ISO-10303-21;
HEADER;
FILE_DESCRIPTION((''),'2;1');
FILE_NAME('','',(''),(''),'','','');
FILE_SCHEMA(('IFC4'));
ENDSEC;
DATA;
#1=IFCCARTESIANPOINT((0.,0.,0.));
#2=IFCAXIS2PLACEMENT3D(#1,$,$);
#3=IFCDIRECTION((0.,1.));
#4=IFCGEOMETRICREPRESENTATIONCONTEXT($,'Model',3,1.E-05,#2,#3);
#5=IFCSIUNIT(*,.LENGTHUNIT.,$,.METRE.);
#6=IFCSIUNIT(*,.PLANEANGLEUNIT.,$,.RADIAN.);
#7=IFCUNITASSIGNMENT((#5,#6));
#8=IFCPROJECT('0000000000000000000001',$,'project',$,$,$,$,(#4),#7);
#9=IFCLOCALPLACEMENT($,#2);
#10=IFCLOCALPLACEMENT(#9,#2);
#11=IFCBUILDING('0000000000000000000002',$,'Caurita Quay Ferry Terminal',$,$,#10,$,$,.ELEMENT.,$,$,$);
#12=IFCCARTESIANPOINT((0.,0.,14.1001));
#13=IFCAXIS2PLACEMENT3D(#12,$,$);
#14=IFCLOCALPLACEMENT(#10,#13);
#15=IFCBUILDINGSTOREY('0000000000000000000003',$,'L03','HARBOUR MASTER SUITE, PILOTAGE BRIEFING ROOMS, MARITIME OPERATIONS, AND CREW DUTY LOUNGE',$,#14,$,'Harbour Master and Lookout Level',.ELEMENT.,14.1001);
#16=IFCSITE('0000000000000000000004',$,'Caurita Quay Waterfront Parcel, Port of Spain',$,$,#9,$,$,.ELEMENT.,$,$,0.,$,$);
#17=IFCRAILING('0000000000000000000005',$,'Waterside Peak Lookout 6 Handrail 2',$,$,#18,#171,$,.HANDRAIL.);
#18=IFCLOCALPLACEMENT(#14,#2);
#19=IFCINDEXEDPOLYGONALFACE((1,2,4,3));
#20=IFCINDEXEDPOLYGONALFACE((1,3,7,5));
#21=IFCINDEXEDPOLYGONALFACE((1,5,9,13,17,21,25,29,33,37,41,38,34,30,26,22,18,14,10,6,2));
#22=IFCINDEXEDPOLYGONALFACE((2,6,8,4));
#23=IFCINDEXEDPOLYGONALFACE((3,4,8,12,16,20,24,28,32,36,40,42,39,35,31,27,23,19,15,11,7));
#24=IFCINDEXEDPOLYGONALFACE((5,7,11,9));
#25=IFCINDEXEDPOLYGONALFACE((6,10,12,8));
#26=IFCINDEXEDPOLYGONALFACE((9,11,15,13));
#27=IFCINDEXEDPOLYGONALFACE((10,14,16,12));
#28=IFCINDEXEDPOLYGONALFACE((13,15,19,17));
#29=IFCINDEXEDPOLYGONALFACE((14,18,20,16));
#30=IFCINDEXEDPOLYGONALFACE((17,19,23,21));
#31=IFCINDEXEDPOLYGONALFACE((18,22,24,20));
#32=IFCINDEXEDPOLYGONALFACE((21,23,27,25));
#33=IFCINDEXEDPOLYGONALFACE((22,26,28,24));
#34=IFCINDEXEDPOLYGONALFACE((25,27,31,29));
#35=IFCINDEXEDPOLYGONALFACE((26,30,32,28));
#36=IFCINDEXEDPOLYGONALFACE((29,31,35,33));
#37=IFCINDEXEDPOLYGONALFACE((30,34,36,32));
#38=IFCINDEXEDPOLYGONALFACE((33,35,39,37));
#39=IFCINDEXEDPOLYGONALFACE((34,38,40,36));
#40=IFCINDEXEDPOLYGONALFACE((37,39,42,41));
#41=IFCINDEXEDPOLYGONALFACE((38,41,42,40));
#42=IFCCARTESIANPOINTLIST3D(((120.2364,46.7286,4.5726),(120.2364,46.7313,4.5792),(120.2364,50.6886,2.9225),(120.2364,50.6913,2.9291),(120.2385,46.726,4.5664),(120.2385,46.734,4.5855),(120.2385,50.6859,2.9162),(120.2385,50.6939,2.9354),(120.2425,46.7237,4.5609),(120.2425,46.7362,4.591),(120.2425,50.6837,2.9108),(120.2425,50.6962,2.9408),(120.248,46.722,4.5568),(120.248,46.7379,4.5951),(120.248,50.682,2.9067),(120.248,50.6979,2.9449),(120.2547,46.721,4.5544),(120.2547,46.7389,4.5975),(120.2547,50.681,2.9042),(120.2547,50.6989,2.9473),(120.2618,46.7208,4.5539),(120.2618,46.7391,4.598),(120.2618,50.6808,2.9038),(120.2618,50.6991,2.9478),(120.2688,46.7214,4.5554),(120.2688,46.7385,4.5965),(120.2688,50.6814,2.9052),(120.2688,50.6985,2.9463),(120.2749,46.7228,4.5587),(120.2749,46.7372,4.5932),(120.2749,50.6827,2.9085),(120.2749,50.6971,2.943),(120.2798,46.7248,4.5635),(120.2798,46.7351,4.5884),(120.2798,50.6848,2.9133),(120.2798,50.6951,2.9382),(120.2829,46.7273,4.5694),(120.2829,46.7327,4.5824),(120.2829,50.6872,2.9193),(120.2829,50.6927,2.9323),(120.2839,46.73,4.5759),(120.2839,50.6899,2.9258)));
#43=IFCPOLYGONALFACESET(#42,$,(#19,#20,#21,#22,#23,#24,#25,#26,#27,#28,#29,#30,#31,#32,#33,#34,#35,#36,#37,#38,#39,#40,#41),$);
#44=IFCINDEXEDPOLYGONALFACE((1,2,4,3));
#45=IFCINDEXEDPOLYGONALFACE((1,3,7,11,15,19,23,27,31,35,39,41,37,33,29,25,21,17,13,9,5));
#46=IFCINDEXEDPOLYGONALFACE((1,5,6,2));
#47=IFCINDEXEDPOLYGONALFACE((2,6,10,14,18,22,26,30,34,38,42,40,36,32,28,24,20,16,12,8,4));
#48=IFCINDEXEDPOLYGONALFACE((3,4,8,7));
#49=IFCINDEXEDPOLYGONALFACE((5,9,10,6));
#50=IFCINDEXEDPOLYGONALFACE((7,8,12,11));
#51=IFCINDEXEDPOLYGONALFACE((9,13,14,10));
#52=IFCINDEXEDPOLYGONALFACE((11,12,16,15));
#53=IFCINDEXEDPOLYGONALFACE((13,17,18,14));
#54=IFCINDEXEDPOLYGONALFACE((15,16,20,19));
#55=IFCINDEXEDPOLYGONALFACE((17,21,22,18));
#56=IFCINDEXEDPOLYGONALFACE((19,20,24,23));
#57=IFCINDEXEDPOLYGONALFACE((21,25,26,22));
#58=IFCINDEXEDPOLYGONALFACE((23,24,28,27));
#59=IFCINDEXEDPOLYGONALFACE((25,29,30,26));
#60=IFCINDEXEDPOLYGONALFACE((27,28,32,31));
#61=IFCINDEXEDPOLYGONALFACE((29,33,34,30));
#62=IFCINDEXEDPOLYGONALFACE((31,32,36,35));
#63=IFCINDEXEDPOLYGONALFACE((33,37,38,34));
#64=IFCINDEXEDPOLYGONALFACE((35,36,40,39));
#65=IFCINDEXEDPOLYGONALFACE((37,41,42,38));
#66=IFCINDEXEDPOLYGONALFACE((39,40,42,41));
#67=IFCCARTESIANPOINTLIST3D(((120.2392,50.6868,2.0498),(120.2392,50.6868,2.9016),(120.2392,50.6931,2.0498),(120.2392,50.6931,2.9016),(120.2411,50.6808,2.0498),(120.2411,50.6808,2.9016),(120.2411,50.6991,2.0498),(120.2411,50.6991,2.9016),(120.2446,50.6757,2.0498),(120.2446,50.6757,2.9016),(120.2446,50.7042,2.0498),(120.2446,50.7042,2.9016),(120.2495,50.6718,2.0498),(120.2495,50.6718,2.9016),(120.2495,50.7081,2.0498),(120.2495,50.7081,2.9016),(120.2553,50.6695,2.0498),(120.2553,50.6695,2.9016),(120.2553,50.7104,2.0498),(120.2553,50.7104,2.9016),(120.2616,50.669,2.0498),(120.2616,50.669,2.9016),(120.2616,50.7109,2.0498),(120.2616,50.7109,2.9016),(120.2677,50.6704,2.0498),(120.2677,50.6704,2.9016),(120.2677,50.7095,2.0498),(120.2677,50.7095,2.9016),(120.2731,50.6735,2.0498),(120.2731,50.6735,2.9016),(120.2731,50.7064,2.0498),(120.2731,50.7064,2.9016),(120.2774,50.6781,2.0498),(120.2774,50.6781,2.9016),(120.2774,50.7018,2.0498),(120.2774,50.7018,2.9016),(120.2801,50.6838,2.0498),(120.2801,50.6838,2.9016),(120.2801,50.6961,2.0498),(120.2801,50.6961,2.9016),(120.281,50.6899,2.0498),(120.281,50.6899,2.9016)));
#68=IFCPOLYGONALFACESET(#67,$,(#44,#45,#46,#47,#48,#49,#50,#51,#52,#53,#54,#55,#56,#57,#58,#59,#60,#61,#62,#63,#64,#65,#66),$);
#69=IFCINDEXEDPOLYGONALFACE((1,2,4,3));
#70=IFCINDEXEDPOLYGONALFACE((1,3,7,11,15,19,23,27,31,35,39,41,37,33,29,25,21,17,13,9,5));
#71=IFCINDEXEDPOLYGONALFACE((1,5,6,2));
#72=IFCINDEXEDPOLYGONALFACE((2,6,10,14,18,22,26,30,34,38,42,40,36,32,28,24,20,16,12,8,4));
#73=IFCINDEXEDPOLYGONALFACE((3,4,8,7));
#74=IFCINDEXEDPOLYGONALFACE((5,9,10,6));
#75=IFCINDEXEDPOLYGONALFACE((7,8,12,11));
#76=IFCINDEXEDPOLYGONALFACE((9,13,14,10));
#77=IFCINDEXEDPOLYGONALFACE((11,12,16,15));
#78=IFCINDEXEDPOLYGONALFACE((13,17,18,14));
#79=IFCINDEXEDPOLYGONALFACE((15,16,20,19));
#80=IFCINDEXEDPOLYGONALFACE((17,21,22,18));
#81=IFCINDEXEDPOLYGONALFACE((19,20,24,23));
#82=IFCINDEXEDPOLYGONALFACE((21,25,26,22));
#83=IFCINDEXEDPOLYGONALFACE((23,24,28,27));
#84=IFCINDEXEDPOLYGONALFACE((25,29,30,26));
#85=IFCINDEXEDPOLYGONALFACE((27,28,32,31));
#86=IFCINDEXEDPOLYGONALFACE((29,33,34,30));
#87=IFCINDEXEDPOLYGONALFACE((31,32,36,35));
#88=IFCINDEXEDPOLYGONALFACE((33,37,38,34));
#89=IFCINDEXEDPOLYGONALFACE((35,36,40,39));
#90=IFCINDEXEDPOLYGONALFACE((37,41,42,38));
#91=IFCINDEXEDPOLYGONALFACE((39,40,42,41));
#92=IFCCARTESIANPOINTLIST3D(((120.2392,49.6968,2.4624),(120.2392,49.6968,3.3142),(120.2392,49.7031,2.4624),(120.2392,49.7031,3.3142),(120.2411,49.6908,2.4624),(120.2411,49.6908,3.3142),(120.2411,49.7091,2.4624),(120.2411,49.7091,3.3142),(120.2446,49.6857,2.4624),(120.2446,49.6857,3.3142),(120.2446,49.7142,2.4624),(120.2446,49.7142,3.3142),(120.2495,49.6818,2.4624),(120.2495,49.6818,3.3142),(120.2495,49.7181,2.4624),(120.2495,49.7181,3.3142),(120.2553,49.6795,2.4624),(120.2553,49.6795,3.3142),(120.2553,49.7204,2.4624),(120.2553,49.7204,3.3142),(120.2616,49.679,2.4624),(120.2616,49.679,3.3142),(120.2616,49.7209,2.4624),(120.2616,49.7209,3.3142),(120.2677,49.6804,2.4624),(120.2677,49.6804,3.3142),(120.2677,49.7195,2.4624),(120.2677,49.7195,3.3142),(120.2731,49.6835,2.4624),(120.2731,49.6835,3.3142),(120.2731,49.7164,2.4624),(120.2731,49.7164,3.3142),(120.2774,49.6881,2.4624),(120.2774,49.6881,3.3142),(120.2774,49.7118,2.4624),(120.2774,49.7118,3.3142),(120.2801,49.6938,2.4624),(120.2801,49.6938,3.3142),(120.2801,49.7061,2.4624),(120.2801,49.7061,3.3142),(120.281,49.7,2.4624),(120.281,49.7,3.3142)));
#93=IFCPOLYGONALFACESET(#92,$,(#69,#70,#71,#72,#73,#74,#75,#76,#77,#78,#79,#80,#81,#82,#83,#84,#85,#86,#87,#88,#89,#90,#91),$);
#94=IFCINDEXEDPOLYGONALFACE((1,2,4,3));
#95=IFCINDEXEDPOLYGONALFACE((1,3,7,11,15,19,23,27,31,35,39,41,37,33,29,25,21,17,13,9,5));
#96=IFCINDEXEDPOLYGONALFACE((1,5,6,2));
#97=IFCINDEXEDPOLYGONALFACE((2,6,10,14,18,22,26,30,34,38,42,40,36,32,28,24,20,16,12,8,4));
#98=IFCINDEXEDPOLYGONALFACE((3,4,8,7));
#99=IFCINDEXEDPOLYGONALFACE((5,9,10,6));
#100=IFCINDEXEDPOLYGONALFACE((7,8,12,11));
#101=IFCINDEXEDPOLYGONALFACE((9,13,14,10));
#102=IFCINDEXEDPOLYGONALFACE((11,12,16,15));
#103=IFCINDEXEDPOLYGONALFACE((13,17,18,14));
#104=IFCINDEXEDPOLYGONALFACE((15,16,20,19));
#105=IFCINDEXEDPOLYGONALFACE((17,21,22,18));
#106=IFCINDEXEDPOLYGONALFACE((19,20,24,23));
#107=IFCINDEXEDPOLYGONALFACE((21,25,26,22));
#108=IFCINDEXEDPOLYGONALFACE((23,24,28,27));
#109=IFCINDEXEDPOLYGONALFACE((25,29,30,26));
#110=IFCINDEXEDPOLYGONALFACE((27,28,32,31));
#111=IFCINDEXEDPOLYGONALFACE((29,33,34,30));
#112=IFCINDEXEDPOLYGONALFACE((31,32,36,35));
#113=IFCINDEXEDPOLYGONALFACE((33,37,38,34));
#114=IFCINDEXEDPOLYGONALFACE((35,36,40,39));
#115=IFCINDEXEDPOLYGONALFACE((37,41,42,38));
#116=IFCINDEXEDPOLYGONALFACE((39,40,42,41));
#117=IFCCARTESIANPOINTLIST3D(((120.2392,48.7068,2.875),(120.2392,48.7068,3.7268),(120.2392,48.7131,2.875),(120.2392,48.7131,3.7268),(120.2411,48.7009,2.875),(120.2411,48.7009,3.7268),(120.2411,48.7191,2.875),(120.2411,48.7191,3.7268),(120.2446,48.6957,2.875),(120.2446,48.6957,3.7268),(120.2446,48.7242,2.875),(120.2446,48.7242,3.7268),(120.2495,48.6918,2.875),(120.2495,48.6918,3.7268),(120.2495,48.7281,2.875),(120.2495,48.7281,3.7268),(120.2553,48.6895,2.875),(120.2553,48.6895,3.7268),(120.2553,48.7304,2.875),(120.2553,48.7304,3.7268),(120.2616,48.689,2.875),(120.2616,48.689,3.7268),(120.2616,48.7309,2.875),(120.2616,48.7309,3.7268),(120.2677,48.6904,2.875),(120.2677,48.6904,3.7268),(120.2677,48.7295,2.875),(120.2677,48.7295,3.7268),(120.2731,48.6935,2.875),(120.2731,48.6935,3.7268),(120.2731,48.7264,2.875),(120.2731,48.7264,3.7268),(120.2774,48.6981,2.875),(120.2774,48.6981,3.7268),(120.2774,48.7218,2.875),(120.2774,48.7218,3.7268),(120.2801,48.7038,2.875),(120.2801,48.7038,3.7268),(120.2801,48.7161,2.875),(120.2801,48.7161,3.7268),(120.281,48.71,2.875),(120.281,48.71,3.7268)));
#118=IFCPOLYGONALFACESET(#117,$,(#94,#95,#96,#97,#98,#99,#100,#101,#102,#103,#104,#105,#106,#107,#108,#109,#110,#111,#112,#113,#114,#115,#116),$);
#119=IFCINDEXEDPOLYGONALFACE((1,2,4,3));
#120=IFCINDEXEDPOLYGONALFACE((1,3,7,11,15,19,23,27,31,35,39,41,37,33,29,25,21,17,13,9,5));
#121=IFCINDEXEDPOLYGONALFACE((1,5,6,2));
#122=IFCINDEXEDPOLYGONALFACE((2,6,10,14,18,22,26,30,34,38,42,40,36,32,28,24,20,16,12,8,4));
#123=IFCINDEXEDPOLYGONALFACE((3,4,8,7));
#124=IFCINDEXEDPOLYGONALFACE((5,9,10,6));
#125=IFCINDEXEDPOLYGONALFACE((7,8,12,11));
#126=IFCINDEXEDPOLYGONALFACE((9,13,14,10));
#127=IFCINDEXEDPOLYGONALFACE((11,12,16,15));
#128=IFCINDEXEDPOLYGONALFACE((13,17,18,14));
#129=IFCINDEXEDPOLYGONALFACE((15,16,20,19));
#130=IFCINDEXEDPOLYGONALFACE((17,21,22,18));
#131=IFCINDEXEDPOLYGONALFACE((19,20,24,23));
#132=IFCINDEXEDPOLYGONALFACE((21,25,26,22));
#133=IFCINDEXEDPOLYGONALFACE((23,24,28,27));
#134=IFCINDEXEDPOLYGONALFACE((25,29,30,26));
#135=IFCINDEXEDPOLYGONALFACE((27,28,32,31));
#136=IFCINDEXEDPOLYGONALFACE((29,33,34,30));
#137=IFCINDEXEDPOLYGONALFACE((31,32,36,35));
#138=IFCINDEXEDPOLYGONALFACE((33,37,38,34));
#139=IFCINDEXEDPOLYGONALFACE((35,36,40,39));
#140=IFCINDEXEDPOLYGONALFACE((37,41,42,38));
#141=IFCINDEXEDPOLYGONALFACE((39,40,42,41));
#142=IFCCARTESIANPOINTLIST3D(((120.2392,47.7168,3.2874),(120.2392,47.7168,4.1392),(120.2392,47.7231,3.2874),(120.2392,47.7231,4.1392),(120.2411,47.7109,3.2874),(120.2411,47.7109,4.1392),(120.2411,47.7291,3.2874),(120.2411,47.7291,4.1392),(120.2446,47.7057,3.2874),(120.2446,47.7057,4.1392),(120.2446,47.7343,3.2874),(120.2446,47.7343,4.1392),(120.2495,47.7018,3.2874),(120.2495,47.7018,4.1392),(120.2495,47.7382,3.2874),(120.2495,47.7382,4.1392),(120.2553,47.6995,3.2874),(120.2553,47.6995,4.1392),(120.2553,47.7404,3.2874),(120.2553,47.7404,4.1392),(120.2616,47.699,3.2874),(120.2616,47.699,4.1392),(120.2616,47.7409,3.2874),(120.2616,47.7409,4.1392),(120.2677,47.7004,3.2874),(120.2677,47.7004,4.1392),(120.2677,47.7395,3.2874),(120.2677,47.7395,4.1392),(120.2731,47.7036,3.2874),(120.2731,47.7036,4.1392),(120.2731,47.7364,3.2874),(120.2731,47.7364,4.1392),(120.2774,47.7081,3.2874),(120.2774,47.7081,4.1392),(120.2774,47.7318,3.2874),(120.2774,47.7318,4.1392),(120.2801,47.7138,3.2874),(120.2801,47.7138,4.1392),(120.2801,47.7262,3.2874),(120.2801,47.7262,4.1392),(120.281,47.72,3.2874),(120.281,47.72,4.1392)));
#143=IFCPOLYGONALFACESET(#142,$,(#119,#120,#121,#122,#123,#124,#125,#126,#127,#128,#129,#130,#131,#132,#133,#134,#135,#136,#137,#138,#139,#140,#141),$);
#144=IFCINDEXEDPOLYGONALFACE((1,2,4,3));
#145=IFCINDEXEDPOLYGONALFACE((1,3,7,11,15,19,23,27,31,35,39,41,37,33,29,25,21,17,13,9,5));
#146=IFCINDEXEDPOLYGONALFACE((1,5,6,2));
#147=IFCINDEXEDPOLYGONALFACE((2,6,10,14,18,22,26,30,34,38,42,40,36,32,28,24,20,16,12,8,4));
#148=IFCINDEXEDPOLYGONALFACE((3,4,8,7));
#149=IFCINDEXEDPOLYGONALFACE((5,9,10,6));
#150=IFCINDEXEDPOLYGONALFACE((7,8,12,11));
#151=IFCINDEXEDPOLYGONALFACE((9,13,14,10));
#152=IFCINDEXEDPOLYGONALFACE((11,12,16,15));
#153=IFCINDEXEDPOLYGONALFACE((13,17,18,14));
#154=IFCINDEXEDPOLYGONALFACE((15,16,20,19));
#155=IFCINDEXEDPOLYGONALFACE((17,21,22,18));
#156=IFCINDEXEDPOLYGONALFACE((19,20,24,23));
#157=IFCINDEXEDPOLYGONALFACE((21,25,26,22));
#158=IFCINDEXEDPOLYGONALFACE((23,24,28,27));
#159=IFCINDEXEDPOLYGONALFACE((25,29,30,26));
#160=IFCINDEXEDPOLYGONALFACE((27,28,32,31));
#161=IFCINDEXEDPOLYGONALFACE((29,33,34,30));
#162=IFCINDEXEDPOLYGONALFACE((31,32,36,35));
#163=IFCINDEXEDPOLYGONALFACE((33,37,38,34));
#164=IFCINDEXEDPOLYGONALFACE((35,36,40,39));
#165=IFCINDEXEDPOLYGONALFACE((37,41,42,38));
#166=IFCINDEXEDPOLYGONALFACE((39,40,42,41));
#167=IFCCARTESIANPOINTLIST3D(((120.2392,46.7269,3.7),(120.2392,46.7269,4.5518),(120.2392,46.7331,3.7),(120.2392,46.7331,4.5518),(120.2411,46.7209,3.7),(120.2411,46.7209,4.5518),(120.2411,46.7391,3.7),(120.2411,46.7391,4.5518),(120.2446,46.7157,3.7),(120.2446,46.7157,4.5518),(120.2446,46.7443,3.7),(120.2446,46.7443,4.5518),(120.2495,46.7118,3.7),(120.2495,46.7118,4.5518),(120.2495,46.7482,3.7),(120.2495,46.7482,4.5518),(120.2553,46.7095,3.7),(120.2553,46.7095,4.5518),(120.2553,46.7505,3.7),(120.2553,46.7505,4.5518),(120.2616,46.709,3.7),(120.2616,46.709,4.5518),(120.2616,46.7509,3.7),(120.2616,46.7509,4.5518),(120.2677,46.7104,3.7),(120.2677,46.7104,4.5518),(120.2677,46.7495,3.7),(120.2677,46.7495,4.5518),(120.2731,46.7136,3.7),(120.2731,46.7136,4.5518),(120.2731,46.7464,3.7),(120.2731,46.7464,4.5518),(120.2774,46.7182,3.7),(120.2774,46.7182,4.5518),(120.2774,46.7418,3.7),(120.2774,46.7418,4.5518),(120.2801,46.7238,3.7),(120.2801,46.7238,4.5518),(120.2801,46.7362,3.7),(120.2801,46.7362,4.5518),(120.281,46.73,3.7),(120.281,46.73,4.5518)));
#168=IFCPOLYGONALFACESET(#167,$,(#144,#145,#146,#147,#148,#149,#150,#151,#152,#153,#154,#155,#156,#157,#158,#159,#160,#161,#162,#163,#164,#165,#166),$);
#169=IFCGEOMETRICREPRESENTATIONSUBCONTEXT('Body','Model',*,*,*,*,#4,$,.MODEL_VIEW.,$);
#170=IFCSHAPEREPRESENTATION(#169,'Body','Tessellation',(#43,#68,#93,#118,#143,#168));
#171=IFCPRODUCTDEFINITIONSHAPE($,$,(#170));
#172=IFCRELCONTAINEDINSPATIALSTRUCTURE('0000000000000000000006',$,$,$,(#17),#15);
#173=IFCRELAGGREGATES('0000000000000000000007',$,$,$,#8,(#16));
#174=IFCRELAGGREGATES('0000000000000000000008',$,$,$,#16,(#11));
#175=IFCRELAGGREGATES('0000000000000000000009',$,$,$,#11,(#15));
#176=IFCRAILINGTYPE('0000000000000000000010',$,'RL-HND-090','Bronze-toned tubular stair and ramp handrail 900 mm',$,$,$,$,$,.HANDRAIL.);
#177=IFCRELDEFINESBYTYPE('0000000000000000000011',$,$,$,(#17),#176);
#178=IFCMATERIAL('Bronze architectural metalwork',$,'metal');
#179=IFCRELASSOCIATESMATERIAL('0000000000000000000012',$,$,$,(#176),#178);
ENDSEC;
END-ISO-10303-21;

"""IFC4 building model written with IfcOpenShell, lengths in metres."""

from ifc_helpers import new_model, si_unit, direction, frame, origin, origin_2d, place, context, subcontext, project, spatial, circle, extrude, material, type_object, element, save


model = new_model("IFC4")

# Units and contexts
model_context = context("Model", 3, precision=1e-05, world=origin(), true_north=direction((0.0, 1.0)))
body_context = subcontext(model_context, "Body", "Model", "MODEL_VIEW")
ifc_project = project(units=[si_unit("LENGTHUNIT", "METRE"), si_unit("PLANEANGLEUNIT", "RADIAN")], contexts=[model_context])

# Site, building, storey
site_placement = place(None, origin())
site = spatial("IfcSite", under=ifc_project, at=site_placement, Name="Caurita Quay Waterfront Parcel, Port of Spain", CompositionType="ELEMENT", RefElevation=0.0)
building_placement = place(site_placement, origin())
building = spatial("IfcBuilding", under=site, at=building_placement, Name="Caurita Quay Ferry Terminal", CompositionType="ELEMENT")
storey_placement = place(building_placement, frame((0.0, 0.0, 14.1001)))
storey = spatial("IfcBuildingStorey", under=building, at=storey_placement, Name="L03", Description="HARBOUR MASTER SUITE, PILOTAGE BRIEFING ROOMS, MARITIME OPERATIONS, AND CREW DUTY LOUNGE", LongName="Harbour Master and Lookout Level", CompositionType="ELEMENT", Elevation=14.1001)

# Railing
ifc_material_1 = material(Name="Bronze architectural metalwork", Category="metal")
railing_type_1 = type_object("IfcRailingType", Name="RL-HND-090", Description="Bronze-toned tubular stair and ramp handrail 900 mm", PredefinedType="HANDRAIL", material=ifc_material_1)
railing_1_placement = place(storey_placement, frame((120.26, 50.6899, 2.0498)))
element("IfcRailing", 1, at=railing_1_placement, inside=storey, type_object=railing_type_1, Name="Waterside Peak Lookout 6 Handrail 2", PredefinedType="HANDRAIL", context=body_context, shape_type="SweptSolid", body=[
    extrude(circle(Radius=0.0239, at=origin_2d()), frame((0.0, 0.0, 0.876), z_axis=(0.0, -0.923063, 0.384648), x_axis=(1.0, 0.0, 0.0)), (0.0, 0.0, 1.0), 4.29),
    extrude(circle(Radius=0.021, at=origin_2d()), origin(), (0.0, 0.0, 1.0), 0.8518),
    extrude(circle(Radius=0.021, at=origin_2d()), frame((0.0, -0.99, 0.4126)), (0.0, 0.0, 1.0), 0.8518),
    extrude(circle(Radius=0.021, at=origin_2d()), frame((0.0, -1.98, 0.8252)), (0.0, 0.0, 1.0), 0.8518),
    extrude(circle(Radius=0.021, at=origin_2d()), frame((0.0, -2.97, 1.2375)), (0.0, 0.0, 1.0), 0.8518),
    extrude(circle(Radius=0.021, at=origin_2d()), frame((0.0, -3.96, 1.6501)), (0.0, 0.0, 1.0), 0.8518),
])

save(model, "model.ifc")
